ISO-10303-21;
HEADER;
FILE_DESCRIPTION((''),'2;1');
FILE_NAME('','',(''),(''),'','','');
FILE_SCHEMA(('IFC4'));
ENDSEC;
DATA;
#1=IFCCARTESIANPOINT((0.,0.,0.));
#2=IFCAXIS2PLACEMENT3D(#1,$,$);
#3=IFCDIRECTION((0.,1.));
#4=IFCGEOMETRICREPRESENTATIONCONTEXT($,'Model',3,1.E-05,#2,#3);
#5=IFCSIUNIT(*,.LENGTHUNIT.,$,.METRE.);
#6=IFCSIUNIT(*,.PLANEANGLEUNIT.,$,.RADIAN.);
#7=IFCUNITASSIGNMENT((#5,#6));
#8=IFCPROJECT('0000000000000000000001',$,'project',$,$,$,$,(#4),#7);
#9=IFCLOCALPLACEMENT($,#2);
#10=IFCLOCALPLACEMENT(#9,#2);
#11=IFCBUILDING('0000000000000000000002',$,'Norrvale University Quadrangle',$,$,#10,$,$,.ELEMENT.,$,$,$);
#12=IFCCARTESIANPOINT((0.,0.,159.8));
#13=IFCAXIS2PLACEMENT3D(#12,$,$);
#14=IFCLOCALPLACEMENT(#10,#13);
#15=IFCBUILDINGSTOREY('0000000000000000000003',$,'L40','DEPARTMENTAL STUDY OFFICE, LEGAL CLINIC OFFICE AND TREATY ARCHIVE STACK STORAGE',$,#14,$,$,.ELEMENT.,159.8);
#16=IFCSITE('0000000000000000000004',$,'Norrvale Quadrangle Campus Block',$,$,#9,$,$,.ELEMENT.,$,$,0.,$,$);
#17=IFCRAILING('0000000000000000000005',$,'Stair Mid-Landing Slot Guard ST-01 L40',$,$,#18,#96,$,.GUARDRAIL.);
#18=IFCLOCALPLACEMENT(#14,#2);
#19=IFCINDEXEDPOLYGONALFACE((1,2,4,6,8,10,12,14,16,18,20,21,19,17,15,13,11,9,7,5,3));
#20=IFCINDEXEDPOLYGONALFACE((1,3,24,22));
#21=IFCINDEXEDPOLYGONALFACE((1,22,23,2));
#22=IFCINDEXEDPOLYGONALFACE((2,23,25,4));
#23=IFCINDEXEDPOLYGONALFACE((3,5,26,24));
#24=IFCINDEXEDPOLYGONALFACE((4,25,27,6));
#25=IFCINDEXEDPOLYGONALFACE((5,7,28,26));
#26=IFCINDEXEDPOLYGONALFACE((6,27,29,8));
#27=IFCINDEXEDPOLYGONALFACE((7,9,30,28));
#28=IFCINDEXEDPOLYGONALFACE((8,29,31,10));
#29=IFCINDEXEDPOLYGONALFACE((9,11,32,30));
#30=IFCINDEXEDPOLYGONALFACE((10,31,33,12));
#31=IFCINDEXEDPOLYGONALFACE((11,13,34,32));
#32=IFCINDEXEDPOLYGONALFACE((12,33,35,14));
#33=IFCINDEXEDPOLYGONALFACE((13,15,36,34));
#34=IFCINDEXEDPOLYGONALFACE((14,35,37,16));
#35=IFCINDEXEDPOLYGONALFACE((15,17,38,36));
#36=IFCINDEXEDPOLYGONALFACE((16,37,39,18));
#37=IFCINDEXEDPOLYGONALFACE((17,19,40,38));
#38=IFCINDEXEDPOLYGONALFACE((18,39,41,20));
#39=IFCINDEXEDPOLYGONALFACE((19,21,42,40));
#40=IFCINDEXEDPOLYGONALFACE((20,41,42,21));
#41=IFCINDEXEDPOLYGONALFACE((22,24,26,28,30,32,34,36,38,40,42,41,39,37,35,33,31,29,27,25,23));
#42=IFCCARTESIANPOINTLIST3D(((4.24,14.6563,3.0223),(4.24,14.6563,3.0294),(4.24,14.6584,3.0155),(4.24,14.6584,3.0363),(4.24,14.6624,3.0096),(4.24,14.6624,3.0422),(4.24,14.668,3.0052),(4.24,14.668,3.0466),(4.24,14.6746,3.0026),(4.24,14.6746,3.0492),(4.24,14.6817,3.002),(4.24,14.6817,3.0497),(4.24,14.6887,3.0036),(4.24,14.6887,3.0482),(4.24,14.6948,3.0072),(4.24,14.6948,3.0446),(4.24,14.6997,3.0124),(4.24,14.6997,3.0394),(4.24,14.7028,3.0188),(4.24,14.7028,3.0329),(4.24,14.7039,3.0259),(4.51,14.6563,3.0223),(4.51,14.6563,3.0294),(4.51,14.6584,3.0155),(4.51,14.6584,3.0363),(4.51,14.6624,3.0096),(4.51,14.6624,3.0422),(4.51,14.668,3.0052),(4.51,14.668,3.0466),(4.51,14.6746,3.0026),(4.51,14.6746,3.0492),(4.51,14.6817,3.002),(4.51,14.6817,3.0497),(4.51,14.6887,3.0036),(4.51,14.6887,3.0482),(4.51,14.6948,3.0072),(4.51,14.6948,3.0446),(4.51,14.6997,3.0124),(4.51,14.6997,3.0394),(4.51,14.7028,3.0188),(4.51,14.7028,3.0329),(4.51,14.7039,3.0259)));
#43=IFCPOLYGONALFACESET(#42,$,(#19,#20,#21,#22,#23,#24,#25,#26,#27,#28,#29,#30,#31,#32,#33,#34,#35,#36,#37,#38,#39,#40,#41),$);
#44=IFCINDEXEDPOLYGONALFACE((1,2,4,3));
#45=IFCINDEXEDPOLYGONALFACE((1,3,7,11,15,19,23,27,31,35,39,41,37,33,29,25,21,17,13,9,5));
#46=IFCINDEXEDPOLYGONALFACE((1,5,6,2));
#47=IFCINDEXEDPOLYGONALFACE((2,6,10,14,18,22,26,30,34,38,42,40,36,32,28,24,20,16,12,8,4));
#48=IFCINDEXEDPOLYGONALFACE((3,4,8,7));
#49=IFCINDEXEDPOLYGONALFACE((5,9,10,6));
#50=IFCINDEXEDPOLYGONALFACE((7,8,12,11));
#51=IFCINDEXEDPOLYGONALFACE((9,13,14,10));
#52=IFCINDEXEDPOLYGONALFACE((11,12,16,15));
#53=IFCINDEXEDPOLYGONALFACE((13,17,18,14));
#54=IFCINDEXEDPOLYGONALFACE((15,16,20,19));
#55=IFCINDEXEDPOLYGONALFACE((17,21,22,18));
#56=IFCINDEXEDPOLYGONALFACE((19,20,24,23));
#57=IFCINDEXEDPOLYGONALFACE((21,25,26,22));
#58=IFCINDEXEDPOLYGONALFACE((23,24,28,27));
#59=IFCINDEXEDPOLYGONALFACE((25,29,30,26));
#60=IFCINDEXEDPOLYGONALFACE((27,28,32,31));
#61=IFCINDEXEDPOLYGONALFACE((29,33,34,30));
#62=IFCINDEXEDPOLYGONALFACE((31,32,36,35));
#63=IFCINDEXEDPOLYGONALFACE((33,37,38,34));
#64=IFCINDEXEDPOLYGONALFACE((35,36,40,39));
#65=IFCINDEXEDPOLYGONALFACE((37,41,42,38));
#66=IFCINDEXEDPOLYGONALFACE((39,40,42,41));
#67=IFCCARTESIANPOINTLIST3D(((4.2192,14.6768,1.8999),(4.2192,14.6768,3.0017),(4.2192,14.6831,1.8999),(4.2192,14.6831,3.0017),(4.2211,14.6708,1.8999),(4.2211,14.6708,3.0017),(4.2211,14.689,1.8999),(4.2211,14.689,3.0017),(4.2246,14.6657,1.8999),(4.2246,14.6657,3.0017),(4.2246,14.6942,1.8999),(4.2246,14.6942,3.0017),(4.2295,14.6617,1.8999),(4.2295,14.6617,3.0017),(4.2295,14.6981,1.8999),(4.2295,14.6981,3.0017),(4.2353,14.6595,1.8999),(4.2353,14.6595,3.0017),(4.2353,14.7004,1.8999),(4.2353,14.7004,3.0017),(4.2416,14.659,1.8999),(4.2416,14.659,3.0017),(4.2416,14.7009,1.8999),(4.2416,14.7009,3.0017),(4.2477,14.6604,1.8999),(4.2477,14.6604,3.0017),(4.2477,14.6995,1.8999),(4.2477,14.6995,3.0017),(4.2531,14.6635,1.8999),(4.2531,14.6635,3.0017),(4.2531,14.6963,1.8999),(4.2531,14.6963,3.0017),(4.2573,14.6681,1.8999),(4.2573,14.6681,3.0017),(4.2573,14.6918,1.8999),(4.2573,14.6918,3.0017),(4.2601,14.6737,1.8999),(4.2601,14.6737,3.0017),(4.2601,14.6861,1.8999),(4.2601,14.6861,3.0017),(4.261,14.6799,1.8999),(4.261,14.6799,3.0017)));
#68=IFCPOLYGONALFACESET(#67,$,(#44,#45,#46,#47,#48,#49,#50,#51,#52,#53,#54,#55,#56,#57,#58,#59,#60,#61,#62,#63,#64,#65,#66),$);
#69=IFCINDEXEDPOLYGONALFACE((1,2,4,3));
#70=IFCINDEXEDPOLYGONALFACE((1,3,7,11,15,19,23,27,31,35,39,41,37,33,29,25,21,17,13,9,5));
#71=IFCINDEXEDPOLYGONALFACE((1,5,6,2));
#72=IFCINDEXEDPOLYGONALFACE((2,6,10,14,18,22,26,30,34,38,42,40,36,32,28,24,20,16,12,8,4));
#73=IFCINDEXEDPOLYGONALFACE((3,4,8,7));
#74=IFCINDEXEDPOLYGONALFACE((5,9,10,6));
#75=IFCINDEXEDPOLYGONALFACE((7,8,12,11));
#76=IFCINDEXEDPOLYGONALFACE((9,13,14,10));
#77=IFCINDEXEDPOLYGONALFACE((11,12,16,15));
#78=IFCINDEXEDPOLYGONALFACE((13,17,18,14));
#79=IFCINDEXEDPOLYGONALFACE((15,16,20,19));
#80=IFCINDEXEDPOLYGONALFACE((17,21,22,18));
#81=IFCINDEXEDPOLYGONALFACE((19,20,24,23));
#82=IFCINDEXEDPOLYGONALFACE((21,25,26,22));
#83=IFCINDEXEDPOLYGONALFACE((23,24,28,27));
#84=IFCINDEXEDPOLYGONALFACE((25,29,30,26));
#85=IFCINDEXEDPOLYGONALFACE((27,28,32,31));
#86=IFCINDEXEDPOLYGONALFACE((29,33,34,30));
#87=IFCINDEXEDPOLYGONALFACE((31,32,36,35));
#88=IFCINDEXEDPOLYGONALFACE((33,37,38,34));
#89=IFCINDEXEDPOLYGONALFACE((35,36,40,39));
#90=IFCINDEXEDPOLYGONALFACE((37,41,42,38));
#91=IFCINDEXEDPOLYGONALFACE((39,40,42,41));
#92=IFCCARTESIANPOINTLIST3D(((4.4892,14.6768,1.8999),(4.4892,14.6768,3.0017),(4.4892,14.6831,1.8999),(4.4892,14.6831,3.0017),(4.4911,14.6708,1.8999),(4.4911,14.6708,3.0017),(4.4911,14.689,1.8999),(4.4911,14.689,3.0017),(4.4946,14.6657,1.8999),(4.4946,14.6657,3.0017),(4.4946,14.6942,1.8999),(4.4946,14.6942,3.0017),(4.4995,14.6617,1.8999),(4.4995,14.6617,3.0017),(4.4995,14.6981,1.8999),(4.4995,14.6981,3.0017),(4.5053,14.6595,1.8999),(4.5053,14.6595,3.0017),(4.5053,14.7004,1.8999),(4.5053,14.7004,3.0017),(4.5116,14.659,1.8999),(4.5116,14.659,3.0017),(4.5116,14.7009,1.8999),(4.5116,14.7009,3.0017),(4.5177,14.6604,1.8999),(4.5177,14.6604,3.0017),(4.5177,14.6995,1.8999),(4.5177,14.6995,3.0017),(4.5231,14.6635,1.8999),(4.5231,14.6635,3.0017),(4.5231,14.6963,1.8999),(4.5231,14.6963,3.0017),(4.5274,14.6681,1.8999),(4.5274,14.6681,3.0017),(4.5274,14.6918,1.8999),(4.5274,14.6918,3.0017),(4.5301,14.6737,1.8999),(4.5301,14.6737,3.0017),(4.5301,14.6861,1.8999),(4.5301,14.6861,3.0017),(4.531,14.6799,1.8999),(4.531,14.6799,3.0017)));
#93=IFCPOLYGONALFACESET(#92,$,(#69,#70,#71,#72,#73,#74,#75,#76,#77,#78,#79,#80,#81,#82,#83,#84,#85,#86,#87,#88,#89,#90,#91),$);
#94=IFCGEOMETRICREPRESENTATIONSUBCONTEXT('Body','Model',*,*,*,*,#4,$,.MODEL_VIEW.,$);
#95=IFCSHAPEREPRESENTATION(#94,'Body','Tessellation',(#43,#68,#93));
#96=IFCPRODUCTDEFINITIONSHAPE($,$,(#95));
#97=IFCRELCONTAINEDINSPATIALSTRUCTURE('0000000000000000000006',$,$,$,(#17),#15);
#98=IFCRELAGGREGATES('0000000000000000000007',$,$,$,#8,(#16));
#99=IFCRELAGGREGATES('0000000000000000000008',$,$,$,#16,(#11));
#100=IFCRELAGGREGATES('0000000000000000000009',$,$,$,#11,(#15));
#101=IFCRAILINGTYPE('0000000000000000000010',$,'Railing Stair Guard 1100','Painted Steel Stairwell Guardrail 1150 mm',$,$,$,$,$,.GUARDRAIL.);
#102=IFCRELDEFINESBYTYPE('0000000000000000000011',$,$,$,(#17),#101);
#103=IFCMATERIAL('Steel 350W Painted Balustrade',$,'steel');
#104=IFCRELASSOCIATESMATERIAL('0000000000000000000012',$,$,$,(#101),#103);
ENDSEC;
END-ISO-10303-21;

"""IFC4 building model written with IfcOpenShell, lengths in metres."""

from ifc_helpers import new_model, si_unit, direction, frame, origin, origin_2d, place, context, subcontext, project, spatial, circle, extrude, material, type_object, element, save


model = new_model("IFC4")

# Units and contexts
model_context = context("Model", 3, precision=1e-05, world=origin(), true_north=direction((0.0, 1.0)))
body_context = subcontext(model_context, "Body", "Model", "MODEL_VIEW")
ifc_project = project(units=[si_unit("LENGTHUNIT", "METRE"), si_unit("PLANEANGLEUNIT", "RADIAN")], contexts=[model_context])

# Site, building, storey
site_placement = place(None, origin())
site = spatial("IfcSite", under=ifc_project, at=site_placement, Name="Norrvale Quadrangle Campus Block", CompositionType="ELEMENT", RefElevation=0.0)
building_placement = place(site_placement, origin())
building = spatial("IfcBuilding", under=site, at=building_placement, Name="Norrvale University Quadrangle", CompositionType="ELEMENT")
storey_placement = place(building_placement, frame((0.0, 0.0, 159.8)))
storey = spatial("IfcBuildingStorey", under=building, at=storey_placement, Name="L40", Description="DEPARTMENTAL STUDY OFFICE, LEGAL CLINIC OFFICE AND TREATY ARCHIVE STACK STORAGE", CompositionType="ELEMENT", Elevation=159.8)

# Railing
ifc_material_1 = material(Name="Steel 350W Painted Balustrade", Category="steel")
railing_type_1 = type_object("IfcRailingType", Name="Railing Stair Guard 1100", Description="Painted Steel Stairwell Guardrail 1150 mm", PredefinedType="GUARDRAIL", material=ifc_material_1)
for number, where, name in (
    (1, (4.24, 14.6799, 1.8999), "Stair Mid-Landing Slot Guard ST-01 L40"),
):
    element("IfcRailing", number, at=place(storey_placement, frame(where)), inside=storey, type_object=railing_type_1, Name=name, PredefinedType="GUARDRAIL", context=body_context, shape_type="SweptSolid", body=[
        extrude(circle(Radius=0.0239, at=origin_2d()), frame((0.0, 0.0, 1.126), z_axis=(1.0, 0.0, 0.0), x_axis=(0.0, 1.0, 0.0)), (0.0, 0.0, 1.0), 0.27),
        extrude(circle(Radius=0.021, at=origin_2d()), origin(), (0.0, 0.0, 1.0), 1.1018),
        extrude(circle(Radius=0.021, at=origin_2d()), frame((0.27, 0.0, 0.0)), (0.0, 0.0, 1.0), 1.1018),
    ])

save(model, "model.ifc")
